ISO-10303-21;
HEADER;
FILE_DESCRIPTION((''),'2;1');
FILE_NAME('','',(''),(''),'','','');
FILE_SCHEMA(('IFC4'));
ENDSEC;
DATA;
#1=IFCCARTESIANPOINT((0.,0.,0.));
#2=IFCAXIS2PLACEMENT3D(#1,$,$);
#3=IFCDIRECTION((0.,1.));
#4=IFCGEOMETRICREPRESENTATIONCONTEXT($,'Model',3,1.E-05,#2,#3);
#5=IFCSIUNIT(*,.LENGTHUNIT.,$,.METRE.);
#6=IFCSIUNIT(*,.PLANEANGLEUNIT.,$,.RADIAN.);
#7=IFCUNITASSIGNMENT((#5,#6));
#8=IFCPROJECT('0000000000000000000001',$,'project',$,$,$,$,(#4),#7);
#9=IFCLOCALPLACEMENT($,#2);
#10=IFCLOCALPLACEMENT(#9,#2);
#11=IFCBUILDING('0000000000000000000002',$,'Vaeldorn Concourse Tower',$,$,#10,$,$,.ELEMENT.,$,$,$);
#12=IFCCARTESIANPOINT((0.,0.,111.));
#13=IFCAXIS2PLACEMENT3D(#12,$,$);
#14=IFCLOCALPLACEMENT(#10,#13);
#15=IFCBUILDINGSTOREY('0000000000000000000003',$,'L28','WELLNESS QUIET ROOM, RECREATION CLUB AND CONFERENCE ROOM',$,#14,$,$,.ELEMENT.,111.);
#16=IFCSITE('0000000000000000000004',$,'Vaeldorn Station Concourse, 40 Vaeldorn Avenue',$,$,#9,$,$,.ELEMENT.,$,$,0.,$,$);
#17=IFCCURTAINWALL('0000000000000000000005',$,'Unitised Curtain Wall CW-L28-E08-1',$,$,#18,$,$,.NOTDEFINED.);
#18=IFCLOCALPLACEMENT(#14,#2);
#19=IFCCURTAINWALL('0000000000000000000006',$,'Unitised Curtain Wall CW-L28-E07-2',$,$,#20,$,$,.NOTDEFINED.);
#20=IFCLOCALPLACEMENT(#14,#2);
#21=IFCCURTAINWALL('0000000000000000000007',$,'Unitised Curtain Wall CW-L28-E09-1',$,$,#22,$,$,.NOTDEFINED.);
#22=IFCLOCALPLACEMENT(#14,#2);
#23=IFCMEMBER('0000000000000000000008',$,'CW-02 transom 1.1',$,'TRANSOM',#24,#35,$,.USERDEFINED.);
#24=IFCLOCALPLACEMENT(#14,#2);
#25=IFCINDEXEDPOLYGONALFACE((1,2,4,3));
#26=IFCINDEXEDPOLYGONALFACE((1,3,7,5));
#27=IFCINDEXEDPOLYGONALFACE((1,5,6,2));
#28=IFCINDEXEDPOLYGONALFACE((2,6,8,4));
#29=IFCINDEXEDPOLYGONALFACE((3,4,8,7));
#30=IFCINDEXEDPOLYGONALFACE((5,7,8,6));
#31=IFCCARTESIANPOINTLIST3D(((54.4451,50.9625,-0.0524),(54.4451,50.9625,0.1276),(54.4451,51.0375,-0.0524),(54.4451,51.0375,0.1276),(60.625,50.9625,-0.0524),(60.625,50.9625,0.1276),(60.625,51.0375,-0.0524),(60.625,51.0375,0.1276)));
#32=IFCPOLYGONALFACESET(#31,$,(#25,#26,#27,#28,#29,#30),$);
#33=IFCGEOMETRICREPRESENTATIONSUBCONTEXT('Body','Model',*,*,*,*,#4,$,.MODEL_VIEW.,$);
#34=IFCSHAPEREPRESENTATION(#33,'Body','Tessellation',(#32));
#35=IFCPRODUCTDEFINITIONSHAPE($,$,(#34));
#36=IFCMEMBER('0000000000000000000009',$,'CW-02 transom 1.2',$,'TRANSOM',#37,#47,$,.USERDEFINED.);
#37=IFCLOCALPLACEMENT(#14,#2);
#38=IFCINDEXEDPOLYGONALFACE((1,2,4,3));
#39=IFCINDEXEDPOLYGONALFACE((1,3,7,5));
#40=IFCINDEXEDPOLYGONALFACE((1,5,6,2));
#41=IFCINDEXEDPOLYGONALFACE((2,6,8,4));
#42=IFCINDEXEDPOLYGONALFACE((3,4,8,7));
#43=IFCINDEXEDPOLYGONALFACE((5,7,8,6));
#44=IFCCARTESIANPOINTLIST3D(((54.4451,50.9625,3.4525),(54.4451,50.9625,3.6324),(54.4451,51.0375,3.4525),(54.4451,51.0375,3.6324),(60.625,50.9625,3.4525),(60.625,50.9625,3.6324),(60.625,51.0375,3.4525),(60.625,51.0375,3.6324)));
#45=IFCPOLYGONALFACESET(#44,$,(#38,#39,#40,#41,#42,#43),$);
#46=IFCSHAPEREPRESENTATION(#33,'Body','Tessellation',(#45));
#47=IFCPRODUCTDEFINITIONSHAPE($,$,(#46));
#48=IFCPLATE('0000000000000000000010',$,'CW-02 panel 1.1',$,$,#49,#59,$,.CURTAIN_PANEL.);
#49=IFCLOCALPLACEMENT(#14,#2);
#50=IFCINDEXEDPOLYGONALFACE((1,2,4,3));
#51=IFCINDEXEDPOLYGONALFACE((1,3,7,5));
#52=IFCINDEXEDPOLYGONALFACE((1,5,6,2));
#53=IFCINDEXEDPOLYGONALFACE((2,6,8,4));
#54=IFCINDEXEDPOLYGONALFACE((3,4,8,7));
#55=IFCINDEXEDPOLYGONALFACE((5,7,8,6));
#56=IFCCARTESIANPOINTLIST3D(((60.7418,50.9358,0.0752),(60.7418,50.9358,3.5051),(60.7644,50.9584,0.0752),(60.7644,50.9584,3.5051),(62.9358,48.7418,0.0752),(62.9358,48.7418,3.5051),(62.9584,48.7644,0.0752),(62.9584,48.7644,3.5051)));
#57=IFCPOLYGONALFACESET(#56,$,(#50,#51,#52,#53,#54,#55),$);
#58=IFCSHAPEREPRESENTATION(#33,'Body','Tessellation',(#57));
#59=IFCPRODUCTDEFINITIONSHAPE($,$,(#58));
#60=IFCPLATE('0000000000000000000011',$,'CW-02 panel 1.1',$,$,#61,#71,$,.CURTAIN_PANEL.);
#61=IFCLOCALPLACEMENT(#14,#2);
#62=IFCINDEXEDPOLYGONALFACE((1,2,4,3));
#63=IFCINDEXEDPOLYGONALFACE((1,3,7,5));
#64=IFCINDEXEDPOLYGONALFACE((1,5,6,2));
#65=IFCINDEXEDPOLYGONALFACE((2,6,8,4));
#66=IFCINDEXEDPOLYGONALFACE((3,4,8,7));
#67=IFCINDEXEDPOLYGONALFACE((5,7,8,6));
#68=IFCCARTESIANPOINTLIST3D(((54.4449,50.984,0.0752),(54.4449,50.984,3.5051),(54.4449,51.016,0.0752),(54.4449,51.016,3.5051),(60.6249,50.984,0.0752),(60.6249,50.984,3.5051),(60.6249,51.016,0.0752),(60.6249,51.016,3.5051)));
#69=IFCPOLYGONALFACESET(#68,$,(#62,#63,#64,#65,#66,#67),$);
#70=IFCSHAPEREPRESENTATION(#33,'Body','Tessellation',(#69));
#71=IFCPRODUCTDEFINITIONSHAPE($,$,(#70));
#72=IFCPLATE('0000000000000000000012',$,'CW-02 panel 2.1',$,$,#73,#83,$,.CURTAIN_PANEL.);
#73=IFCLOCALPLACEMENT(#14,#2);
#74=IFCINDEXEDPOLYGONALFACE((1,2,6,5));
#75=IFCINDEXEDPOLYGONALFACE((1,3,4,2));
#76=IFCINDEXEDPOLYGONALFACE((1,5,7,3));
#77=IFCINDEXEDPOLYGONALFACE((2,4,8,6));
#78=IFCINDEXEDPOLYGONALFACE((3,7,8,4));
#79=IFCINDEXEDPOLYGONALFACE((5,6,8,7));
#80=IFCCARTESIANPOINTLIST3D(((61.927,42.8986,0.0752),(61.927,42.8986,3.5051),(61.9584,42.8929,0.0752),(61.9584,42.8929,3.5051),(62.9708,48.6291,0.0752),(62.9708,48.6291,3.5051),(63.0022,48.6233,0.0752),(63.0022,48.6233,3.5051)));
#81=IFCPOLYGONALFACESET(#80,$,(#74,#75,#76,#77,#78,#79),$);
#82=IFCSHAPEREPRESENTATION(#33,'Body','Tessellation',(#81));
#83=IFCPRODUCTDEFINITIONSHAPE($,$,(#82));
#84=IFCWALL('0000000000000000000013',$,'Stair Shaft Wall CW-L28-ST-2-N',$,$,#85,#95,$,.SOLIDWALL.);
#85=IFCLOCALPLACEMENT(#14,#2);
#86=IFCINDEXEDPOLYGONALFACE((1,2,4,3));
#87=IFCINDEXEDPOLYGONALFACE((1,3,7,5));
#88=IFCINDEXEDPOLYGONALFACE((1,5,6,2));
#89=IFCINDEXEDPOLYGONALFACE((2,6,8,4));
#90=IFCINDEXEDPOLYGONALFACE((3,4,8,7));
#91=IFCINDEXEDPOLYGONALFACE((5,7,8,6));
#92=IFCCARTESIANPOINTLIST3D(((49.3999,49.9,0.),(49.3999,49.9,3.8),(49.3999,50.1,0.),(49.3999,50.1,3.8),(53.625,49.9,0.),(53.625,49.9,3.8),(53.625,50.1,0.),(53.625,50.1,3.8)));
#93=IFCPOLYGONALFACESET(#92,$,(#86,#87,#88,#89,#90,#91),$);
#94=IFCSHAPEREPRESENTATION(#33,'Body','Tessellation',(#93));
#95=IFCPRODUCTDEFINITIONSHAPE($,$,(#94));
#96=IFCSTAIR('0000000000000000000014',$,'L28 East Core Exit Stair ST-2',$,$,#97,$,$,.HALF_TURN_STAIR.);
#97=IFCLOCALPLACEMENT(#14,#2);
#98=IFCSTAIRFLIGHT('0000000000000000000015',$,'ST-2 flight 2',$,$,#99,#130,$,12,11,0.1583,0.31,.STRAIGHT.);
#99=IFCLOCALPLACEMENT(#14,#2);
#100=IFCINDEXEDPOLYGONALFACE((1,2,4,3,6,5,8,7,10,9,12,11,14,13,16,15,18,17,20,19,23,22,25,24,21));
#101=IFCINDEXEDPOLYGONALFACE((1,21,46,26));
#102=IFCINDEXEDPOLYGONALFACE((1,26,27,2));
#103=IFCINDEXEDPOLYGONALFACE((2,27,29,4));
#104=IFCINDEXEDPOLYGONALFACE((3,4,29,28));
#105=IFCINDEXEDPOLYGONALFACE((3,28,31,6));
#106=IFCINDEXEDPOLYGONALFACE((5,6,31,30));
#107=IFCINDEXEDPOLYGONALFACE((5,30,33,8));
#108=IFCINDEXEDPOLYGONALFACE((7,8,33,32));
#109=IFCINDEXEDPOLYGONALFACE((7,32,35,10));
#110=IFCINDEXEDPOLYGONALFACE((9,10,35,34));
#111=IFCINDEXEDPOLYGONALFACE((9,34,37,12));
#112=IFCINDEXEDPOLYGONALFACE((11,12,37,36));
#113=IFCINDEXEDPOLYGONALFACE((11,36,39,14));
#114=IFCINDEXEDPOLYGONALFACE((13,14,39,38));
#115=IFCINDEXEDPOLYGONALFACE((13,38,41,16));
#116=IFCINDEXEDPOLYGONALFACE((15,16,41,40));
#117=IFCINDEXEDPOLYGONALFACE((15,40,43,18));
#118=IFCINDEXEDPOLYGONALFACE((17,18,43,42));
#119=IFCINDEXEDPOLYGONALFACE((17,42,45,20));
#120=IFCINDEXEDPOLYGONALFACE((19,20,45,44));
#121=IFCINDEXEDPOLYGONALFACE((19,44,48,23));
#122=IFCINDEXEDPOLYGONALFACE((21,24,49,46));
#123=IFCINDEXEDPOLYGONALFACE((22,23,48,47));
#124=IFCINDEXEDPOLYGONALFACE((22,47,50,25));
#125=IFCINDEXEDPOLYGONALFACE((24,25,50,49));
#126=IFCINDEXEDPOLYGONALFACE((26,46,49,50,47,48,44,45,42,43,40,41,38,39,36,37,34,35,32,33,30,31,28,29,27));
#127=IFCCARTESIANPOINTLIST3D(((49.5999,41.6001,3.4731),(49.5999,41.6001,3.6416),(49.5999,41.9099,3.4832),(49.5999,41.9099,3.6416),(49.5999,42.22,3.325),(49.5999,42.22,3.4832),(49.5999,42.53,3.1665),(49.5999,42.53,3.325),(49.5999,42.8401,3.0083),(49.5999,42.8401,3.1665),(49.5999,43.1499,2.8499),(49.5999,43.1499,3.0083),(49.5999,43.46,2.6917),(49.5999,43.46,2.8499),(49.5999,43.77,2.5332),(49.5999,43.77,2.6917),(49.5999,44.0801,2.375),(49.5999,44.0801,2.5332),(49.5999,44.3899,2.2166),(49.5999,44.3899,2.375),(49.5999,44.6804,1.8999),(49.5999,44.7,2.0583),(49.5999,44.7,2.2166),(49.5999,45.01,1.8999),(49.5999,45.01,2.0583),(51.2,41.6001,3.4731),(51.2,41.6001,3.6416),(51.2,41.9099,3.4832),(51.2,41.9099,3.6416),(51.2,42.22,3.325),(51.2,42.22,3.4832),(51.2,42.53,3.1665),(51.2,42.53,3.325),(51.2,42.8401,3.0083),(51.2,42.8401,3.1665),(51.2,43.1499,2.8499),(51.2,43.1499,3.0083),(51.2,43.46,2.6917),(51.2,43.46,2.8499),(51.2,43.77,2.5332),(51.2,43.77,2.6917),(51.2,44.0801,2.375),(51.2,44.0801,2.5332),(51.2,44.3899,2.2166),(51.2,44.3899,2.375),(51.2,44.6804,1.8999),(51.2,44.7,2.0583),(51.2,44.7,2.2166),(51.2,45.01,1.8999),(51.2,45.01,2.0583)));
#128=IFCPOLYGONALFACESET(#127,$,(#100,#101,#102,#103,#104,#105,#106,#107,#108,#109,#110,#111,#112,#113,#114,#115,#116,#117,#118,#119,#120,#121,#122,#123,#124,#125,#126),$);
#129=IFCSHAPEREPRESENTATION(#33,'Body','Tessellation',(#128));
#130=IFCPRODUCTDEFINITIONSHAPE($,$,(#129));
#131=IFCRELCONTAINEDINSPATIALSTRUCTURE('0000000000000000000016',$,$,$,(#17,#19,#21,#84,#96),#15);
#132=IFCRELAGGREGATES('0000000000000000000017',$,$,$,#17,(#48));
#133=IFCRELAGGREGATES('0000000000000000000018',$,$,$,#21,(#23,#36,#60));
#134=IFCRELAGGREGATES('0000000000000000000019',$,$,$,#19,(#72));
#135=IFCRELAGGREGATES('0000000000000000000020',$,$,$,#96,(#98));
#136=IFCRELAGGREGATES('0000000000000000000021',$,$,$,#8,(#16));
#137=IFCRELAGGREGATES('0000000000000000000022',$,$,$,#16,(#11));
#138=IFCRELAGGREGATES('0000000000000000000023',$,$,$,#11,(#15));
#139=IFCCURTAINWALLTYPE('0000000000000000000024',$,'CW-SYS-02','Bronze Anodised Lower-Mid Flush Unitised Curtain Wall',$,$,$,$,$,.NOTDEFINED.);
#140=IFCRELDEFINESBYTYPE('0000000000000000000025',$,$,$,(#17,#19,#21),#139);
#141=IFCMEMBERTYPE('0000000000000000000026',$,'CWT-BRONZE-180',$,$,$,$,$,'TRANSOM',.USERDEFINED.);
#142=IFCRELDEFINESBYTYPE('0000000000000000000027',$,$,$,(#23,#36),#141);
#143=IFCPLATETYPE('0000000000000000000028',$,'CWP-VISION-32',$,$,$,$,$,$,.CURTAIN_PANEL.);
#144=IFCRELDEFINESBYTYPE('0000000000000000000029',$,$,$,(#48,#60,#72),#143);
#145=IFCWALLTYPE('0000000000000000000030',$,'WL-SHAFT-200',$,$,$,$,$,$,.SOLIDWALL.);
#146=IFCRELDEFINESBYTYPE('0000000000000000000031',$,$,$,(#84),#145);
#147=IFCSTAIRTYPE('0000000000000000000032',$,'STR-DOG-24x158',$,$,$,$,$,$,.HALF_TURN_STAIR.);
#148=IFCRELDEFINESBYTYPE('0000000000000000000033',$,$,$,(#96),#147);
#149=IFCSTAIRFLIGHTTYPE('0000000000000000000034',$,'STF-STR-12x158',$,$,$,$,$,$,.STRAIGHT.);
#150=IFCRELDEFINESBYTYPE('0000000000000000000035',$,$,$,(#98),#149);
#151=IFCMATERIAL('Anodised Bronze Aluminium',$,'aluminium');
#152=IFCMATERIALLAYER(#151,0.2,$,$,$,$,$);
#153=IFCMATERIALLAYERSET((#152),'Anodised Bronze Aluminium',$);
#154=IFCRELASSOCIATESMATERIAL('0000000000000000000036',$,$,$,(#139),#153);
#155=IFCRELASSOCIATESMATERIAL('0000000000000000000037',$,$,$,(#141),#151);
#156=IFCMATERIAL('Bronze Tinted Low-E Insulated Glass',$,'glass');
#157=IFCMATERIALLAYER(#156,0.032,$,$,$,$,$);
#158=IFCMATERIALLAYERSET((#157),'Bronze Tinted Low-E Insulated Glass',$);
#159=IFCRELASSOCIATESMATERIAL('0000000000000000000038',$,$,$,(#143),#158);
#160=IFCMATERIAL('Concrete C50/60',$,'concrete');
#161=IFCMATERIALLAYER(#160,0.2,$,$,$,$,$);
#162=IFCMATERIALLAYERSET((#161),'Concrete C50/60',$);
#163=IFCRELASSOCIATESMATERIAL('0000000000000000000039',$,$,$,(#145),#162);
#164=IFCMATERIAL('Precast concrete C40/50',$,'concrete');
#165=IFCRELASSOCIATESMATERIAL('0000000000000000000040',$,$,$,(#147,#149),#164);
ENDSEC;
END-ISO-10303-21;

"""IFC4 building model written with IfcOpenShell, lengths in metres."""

from ifc_helpers import new_model, si_unit, direction, frame, frame_2d, origin, origin_2d, place, context, subcontext, project, spatial, polyline, rectangle, outline, extrude, source, transform, mapped, material, layer, layer_set, material_profile, profile_set, type_object, element, aggregate, save


model = new_model("IFC4")

# Units and contexts
model_context = context("Model", 3, precision=1e-05, world=origin(), true_north=direction((0.0, 1.0)))
body_context = subcontext(model_context, "Body", "Model", "MODEL_VIEW")
ifc_project = project(units=[si_unit("LENGTHUNIT", "METRE"), si_unit("PLANEANGLEUNIT", "RADIAN")], contexts=[model_context])

# Site, building, storey
site_placement = place(None, origin())
site = spatial("IfcSite", under=ifc_project, at=site_placement, Name="Vaeldorn Station Concourse, 40 Vaeldorn Avenue", CompositionType="ELEMENT", RefElevation=0.0)
building_placement = place(site_placement, origin())
building = spatial("IfcBuilding", under=site, at=building_placement, Name="Vaeldorn Concourse Tower", CompositionType="ELEMENT")
storey_placement = place(building_placement, frame((0.0, 0.0, 111.0)))
storey = spatial("IfcBuildingStorey", under=building, at=storey_placement, Name="L28", Description="WELLNESS QUIET ROOM, RECREATION CLUB AND CONFERENCE ROOM", CompositionType="ELEMENT", Elevation=111.0)

# Curtain wall
ifc_material_1 = material(Name="Anodised Bronze Aluminium", Category="aluminium")
ifc_layer_1 = layer(ifc_material_1, 0.2)
ifc_layer_set_1 = layer_set([ifc_layer_1], Name="Anodised Bronze Aluminium")
curtain_wall_type = type_object("IfcCurtainWallType", Name="CW-SYS-02", Description="Bronze Anodised Lower-Mid Flush Unitised Curtain Wall", PredefinedType="NOTDEFINED", material=ifc_layer_set_1)
curtain_wall_1_placement = place(storey_placement, origin())
curtain_wall_1 = element("IfcCurtainWall", 1, at=curtain_wall_1_placement, inside=storey, type_object=curtain_wall_type, Name="Unitised Curtain Wall CW-L28-E08-1", PredefinedType="NOTDEFINED")
ifc_material_profile_1 = material_profile(ifc_material_1, rectangle(XDim=0.075, YDim=0.1799, at=origin_2d()), Name="CWT 75x180")
ifc_profile_set_1 = profile_set([ifc_material_profile_1], Name="Anodised Bronze Aluminium")
member_type_1 = type_object("IfcMemberType", Name="CWT-BRONZE-180", ElementType="TRANSOM", PredefinedType="USERDEFINED", material=ifc_profile_set_1)

# Curtain wall
curtain_wall_2_placement = place(storey_placement, origin())
curtain_wall_2 = element("IfcCurtainWall", 2, at=curtain_wall_2_placement, inside=storey, type_object=curtain_wall_type, Name="Unitised Curtain Wall CW-L28-E07-2", PredefinedType="NOTDEFINED")

# Curtain wall, members
curtain_wall_3_placement = place(storey_placement, origin())
curtain_wall_3 = element("IfcCurtainWall", 3, at=curtain_wall_3_placement, inside=storey, type_object=curtain_wall_type, Name="Unitised Curtain Wall CW-L28-E09-1", PredefinedType="NOTDEFINED")
shared_shape_1 = source(origin(), body_context, "Body", "SweptSolid", [
    extrude(rectangle(XDim=0.075, YDim=0.1799, at=origin_2d()), origin(), (0.0, 0.0, 1.0), 6.1799),
])
member_1_placement = place(storey_placement, frame((60.625, 51.0, 0.0376), z_axis=(-1.0, 0.0, 0.0), x_axis=(0.0, -1.0, 0.0)))
member_1 = element("IfcMember", 4, at=member_1_placement, type_object=member_type_1, Name="CW-02 transom 1.1", ObjectType="TRANSOM", PredefinedType="USERDEFINED", context=body_context, shape_type="MappedRepresentation", body=[
    mapped(shared_shape_1, transform((0.0, 0.0, 0.0), scale=1.0)),
])
member_2_placement = place(storey_placement, frame((60.625, 51.0, 3.5425), z_axis=(-1.0, 0.0, 0.0), x_axis=(0.0, -1.0, 0.0)))
member_2 = element("IfcMember", 5, at=member_2_placement, type_object=member_type_1, Name="CW-02 transom 1.2", ObjectType="TRANSOM", PredefinedType="USERDEFINED", context=body_context, shape_type="MappedRepresentation", body=[
    mapped(shared_shape_1, transform((0.0, 0.0, 0.0), scale=1.0)),
])

# Plates
ifc_material_2 = material(Name="Bronze Tinted Low-E Insulated Glass", Category="glass")
ifc_layer_2 = layer(ifc_material_2, 0.032)
ifc_layer_set_2 = layer_set([ifc_layer_2], Name="Bronze Tinted Low-E Insulated Glass")
plate_type = type_object("IfcPlateType", Name="CWP-VISION-32", PredefinedType="CURTAIN_PANEL", material=ifc_layer_set_2)
shared_shape_2 = source(origin(), body_context, "Body", "SweptSolid", [
    extrude(rectangle(XDim=3.1028, YDim=0.032, at=origin_2d()), origin(), (0.0, 0.0, 1.0), 3.4299),
])
plate_1_placement = place(storey_placement, frame((61.8501, 49.8501, 0.0752), z_axis=(0.0, 0.0, 1.0), x_axis=(-0.707107, 0.707107, 0.0)))
plate_1 = element("IfcPlate", 6, at=plate_1_placement, type_object=plate_type, Name="CW-02 panel 1.1", PredefinedType="CURTAIN_PANEL", context=body_context, shape_type="MappedRepresentation", body=[
    mapped(shared_shape_2, transform((0.0, 0.0, 0.0), scale=1.0)),
])
aggregate(curtain_wall_1, [plate_1])
shared_shape_3 = source(origin(), body_context, "Body", "SweptSolid", [
    extrude(rectangle(XDim=6.1799, YDim=0.032, at=origin_2d()), origin(), (0.0, 0.0, 1.0), 3.4299),
])
plate_2_placement = place(storey_placement, frame((57.5349, 51.0, 0.0752), z_axis=(0.0, 0.0, 1.0), x_axis=(-1.0, 0.0, 0.0)))
plate_2 = element("IfcPlate", 7, at=plate_2_placement, type_object=plate_type, Name="CW-02 panel 1.1", PredefinedType="CURTAIN_PANEL", context=body_context, shape_type="MappedRepresentation", body=[
    mapped(shared_shape_3, transform((0.0, 0.0, 0.0), scale=1.0)),
])
aggregate(curtain_wall_3, [member_1, member_2, plate_2])
shared_shape_4 = source(origin(), body_context, "Body", "SweptSolid", [
    extrude(rectangle(XDim=5.8247, YDim=0.032, at=origin_2d()), origin(), (0.0, 0.0, 1.0), 3.4299),
])
plate_3_placement = place(storey_placement, frame((62.4646, 45.761, 0.0752), z_axis=(0.0, 0.0, 1.0), x_axis=(0.179203, 0.983812, 0.0)))
plate_3 = element("IfcPlate", 8, at=plate_3_placement, type_object=plate_type, Name="CW-02 panel 2.1", PredefinedType="CURTAIN_PANEL", context=body_context, shape_type="MappedRepresentation", body=[
    mapped(shared_shape_4, transform((0.0, 0.0, 0.0), scale=1.0)),
])
aggregate(curtain_wall_2, [plate_3])

# Wall
ifc_material_3 = material(Name="Concrete C50/60", Category="concrete")
ifc_layer_3 = layer(ifc_material_3, 0.2)
ifc_layer_set_3 = layer_set([ifc_layer_3], Name="Concrete C50/60")
wall_type = type_object("IfcWallType", Name="WL-SHAFT-200", PredefinedType="SOLIDWALL", material=ifc_layer_set_3)
wall_placement = place(storey_placement, frame((49.3999, 50.0, 0.0), z_axis=(0.0, 0.0, 1.0), x_axis=(1.0, 0.0, 0.0)))
element("IfcWall", 9, at=wall_placement, inside=storey, type_object=wall_type, Name="Stair Shaft Wall CW-L28-ST-2-N", PredefinedType="SOLIDWALL", context=body_context, shape_type="SweptSolid", body=[
    extrude(rectangle(XDim=4.2251, YDim=0.2, at=frame_2d((2.1125, 0.0))), origin(), (0.0, 0.0, 1.0), 3.8),
])

# Stair, stair flight
ifc_material_4 = material(Name="Precast concrete C40/50", Category="concrete")
stair_type = type_object("IfcStairType", Name="STR-DOG-24x158", PredefinedType="HALF_TURN_STAIR", material=ifc_material_4)
stair_placement = place(storey_placement, origin())
stair = element("IfcStair", 10, at=stair_placement, inside=storey, type_object=stair_type, Name="L28 East Core Exit Stair ST-2", PredefinedType="HALF_TURN_STAIR")
stair_flight_type = type_object("IfcStairFlightType", Name="STF-STR-12x158", PredefinedType="STRAIGHT", material=ifc_material_4)
stair_flight_placement = place(storey_placement, frame((50.3999, 45.01, 1.8999), z_axis=(0.0, 0.0, 1.0), x_axis=(0.0, -1.0, 0.0)))
stair_flight = element("IfcStairFlight", 11, at=stair_flight_placement, type_object=stair_flight_type, Name="ST-2 flight 2", NumberOfRisers=12, NumberOfTreads=11, PredefinedType="STRAIGHT", RiserHeight=0.1583, TreadLength=0.31, context=body_context, shape_type="SweptSolid", body=[
    extrude(outline(polyline([(0.0, 0.0), (0.0, 0.1584), (0.3101, 0.1584), (0.3101, 0.3167), (0.6201, 0.3167), (0.6201, 0.4751), (0.9299, 0.4751), (0.9299, 0.6333), (1.24, 0.6333), (1.24, 0.7917), (1.55, 0.7917), (1.55, 0.95), (1.8601, 0.95), (1.8601, 1.1084), (2.1699, 1.1084), (2.1699, 1.2666), (2.48, 1.2666), (2.48, 1.425), (2.79, 1.425), (2.79, 1.5833), (3.1001, 1.5833), (3.1001, 1.7417), (3.4099, 1.7417), (3.4099, 1.8999), (3.4099, 1.5732), (0.3296, 0.0), (0.0, 0.0)])), frame((0.0, 0.8, 0.0), z_axis=(0.0, -1.0, 0.0), x_axis=(1.0, 0.0, 0.0)), (0.0, 0.0, 1.0), 1.6001),
])
aggregate(stair, [stair_flight])

save(model, "model.ifc")
